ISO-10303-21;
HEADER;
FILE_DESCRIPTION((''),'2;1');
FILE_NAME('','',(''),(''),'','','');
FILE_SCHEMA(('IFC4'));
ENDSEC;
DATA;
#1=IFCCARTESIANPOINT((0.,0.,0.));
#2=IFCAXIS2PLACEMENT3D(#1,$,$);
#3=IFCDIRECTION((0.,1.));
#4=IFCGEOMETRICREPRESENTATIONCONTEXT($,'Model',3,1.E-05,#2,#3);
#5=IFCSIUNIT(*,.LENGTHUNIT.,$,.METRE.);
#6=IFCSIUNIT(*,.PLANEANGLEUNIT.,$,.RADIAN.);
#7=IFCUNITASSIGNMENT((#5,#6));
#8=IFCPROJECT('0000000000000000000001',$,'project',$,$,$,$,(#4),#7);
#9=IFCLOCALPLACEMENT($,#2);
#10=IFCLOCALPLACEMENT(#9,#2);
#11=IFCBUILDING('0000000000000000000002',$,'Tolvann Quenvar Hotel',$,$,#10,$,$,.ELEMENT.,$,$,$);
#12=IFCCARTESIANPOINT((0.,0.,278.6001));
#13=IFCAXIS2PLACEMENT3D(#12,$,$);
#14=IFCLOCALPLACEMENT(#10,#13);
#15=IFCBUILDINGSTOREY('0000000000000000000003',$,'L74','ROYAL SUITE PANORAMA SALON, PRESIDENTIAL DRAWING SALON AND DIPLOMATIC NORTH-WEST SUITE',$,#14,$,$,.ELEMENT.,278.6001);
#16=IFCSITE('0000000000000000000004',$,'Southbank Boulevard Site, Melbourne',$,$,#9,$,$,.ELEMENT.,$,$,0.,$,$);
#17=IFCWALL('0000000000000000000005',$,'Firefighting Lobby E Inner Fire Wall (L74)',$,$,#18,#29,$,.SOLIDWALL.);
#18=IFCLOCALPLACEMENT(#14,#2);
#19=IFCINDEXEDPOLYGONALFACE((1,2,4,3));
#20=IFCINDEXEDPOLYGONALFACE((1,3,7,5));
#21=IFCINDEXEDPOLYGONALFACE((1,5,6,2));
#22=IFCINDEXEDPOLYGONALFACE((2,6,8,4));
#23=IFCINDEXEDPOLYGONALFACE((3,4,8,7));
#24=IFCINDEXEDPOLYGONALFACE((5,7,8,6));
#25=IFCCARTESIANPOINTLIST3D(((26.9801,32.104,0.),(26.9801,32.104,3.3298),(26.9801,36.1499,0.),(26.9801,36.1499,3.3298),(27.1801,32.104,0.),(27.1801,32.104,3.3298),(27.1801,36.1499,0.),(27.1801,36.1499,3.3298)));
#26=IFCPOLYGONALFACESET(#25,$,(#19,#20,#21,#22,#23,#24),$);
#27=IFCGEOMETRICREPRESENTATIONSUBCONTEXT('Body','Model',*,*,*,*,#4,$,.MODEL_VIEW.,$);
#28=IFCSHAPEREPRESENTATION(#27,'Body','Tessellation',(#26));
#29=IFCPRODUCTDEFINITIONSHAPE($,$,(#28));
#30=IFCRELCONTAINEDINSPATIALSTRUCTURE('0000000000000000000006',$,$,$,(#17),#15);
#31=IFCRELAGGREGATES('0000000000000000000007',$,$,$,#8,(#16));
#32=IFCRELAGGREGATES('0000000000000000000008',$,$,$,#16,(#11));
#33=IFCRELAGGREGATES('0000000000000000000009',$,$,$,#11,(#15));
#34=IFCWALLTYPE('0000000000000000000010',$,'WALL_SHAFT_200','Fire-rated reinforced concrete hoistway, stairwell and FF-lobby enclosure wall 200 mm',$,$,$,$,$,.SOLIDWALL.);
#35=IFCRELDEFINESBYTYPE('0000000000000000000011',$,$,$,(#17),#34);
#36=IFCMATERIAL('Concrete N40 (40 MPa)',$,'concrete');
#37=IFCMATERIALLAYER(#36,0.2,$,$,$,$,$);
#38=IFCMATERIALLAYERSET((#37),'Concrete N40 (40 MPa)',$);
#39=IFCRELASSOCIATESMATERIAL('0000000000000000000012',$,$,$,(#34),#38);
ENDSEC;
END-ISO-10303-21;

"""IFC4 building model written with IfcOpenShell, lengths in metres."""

from ifc_helpers import new_model, si_unit, direction, frame, frame_2d, origin, place, context, subcontext, project, spatial, rectangle, extrude, material, layer, layer_set, type_object, element, save


model = new_model("IFC4")

# Units and contexts
model_context = context("Model", 3, precision=1e-05, world=origin(), true_north=direction((0.0, 1.0)))
body_context = subcontext(model_context, "Body", "Model", "MODEL_VIEW")
ifc_project = project(units=[si_unit("LENGTHUNIT", "METRE"), si_unit("PLANEANGLEUNIT", "RADIAN")], contexts=[model_context])

# Site, building, storey
site_placement = place(None, origin())
site = spatial("IfcSite", under=ifc_project, at=site_placement, Name="Southbank Boulevard Site, Melbourne", CompositionType="ELEMENT", RefElevation=0.0)
building_placement = place(site_placement, origin())
building = spatial("IfcBuilding", under=site, at=building_placement, Name="Tolvann Quenvar Hotel", CompositionType="ELEMENT")
storey_placement = place(building_placement, frame((0.0, 0.0, 278.6001)))
storey = spatial("IfcBuildingStorey", under=building, at=storey_placement, Name="L74", Description="ROYAL SUITE PANORAMA SALON, PRESIDENTIAL DRAWING SALON AND DIPLOMATIC NORTH-WEST SUITE", CompositionType="ELEMENT", Elevation=278.6001)

# Wall
ifc_material_1 = material(Name="Concrete N40 (40 MPa)", Category="concrete")
ifc_layer_1 = layer(ifc_material_1, 0.2)
ifc_layer_set_1 = layer_set([ifc_layer_1], Name="Concrete N40 (40 MPa)")
wall_type_1 = type_object("IfcWallType", Name="WALL_SHAFT_200", Description="Fire-rated reinforced concrete hoistway, stairwell and FF-lobby enclosure wall 200 mm", PredefinedType="SOLIDWALL", material=ifc_layer_set_1)
wall_1_placement = place(storey_placement, frame((27.0801, 32.104, 0.0), z_axis=(0.0, 0.0, 1.0), x_axis=(0.0, 1.0, 0.0)))
element("IfcWall", 1, at=wall_1_placement, inside=storey, type_object=wall_type_1, Name="Firefighting Lobby E Inner Fire Wall (L74)", PredefinedType="SOLIDWALL", context=body_context, shape_type="SweptSolid", body=[
    extrude(rectangle(XDim=4.0459, YDim=0.2, at=frame_2d((2.0229, 0.0))), origin(), (0.0, 0.0, 1.0), 3.3298),
])

save(model, "model.ifc")
